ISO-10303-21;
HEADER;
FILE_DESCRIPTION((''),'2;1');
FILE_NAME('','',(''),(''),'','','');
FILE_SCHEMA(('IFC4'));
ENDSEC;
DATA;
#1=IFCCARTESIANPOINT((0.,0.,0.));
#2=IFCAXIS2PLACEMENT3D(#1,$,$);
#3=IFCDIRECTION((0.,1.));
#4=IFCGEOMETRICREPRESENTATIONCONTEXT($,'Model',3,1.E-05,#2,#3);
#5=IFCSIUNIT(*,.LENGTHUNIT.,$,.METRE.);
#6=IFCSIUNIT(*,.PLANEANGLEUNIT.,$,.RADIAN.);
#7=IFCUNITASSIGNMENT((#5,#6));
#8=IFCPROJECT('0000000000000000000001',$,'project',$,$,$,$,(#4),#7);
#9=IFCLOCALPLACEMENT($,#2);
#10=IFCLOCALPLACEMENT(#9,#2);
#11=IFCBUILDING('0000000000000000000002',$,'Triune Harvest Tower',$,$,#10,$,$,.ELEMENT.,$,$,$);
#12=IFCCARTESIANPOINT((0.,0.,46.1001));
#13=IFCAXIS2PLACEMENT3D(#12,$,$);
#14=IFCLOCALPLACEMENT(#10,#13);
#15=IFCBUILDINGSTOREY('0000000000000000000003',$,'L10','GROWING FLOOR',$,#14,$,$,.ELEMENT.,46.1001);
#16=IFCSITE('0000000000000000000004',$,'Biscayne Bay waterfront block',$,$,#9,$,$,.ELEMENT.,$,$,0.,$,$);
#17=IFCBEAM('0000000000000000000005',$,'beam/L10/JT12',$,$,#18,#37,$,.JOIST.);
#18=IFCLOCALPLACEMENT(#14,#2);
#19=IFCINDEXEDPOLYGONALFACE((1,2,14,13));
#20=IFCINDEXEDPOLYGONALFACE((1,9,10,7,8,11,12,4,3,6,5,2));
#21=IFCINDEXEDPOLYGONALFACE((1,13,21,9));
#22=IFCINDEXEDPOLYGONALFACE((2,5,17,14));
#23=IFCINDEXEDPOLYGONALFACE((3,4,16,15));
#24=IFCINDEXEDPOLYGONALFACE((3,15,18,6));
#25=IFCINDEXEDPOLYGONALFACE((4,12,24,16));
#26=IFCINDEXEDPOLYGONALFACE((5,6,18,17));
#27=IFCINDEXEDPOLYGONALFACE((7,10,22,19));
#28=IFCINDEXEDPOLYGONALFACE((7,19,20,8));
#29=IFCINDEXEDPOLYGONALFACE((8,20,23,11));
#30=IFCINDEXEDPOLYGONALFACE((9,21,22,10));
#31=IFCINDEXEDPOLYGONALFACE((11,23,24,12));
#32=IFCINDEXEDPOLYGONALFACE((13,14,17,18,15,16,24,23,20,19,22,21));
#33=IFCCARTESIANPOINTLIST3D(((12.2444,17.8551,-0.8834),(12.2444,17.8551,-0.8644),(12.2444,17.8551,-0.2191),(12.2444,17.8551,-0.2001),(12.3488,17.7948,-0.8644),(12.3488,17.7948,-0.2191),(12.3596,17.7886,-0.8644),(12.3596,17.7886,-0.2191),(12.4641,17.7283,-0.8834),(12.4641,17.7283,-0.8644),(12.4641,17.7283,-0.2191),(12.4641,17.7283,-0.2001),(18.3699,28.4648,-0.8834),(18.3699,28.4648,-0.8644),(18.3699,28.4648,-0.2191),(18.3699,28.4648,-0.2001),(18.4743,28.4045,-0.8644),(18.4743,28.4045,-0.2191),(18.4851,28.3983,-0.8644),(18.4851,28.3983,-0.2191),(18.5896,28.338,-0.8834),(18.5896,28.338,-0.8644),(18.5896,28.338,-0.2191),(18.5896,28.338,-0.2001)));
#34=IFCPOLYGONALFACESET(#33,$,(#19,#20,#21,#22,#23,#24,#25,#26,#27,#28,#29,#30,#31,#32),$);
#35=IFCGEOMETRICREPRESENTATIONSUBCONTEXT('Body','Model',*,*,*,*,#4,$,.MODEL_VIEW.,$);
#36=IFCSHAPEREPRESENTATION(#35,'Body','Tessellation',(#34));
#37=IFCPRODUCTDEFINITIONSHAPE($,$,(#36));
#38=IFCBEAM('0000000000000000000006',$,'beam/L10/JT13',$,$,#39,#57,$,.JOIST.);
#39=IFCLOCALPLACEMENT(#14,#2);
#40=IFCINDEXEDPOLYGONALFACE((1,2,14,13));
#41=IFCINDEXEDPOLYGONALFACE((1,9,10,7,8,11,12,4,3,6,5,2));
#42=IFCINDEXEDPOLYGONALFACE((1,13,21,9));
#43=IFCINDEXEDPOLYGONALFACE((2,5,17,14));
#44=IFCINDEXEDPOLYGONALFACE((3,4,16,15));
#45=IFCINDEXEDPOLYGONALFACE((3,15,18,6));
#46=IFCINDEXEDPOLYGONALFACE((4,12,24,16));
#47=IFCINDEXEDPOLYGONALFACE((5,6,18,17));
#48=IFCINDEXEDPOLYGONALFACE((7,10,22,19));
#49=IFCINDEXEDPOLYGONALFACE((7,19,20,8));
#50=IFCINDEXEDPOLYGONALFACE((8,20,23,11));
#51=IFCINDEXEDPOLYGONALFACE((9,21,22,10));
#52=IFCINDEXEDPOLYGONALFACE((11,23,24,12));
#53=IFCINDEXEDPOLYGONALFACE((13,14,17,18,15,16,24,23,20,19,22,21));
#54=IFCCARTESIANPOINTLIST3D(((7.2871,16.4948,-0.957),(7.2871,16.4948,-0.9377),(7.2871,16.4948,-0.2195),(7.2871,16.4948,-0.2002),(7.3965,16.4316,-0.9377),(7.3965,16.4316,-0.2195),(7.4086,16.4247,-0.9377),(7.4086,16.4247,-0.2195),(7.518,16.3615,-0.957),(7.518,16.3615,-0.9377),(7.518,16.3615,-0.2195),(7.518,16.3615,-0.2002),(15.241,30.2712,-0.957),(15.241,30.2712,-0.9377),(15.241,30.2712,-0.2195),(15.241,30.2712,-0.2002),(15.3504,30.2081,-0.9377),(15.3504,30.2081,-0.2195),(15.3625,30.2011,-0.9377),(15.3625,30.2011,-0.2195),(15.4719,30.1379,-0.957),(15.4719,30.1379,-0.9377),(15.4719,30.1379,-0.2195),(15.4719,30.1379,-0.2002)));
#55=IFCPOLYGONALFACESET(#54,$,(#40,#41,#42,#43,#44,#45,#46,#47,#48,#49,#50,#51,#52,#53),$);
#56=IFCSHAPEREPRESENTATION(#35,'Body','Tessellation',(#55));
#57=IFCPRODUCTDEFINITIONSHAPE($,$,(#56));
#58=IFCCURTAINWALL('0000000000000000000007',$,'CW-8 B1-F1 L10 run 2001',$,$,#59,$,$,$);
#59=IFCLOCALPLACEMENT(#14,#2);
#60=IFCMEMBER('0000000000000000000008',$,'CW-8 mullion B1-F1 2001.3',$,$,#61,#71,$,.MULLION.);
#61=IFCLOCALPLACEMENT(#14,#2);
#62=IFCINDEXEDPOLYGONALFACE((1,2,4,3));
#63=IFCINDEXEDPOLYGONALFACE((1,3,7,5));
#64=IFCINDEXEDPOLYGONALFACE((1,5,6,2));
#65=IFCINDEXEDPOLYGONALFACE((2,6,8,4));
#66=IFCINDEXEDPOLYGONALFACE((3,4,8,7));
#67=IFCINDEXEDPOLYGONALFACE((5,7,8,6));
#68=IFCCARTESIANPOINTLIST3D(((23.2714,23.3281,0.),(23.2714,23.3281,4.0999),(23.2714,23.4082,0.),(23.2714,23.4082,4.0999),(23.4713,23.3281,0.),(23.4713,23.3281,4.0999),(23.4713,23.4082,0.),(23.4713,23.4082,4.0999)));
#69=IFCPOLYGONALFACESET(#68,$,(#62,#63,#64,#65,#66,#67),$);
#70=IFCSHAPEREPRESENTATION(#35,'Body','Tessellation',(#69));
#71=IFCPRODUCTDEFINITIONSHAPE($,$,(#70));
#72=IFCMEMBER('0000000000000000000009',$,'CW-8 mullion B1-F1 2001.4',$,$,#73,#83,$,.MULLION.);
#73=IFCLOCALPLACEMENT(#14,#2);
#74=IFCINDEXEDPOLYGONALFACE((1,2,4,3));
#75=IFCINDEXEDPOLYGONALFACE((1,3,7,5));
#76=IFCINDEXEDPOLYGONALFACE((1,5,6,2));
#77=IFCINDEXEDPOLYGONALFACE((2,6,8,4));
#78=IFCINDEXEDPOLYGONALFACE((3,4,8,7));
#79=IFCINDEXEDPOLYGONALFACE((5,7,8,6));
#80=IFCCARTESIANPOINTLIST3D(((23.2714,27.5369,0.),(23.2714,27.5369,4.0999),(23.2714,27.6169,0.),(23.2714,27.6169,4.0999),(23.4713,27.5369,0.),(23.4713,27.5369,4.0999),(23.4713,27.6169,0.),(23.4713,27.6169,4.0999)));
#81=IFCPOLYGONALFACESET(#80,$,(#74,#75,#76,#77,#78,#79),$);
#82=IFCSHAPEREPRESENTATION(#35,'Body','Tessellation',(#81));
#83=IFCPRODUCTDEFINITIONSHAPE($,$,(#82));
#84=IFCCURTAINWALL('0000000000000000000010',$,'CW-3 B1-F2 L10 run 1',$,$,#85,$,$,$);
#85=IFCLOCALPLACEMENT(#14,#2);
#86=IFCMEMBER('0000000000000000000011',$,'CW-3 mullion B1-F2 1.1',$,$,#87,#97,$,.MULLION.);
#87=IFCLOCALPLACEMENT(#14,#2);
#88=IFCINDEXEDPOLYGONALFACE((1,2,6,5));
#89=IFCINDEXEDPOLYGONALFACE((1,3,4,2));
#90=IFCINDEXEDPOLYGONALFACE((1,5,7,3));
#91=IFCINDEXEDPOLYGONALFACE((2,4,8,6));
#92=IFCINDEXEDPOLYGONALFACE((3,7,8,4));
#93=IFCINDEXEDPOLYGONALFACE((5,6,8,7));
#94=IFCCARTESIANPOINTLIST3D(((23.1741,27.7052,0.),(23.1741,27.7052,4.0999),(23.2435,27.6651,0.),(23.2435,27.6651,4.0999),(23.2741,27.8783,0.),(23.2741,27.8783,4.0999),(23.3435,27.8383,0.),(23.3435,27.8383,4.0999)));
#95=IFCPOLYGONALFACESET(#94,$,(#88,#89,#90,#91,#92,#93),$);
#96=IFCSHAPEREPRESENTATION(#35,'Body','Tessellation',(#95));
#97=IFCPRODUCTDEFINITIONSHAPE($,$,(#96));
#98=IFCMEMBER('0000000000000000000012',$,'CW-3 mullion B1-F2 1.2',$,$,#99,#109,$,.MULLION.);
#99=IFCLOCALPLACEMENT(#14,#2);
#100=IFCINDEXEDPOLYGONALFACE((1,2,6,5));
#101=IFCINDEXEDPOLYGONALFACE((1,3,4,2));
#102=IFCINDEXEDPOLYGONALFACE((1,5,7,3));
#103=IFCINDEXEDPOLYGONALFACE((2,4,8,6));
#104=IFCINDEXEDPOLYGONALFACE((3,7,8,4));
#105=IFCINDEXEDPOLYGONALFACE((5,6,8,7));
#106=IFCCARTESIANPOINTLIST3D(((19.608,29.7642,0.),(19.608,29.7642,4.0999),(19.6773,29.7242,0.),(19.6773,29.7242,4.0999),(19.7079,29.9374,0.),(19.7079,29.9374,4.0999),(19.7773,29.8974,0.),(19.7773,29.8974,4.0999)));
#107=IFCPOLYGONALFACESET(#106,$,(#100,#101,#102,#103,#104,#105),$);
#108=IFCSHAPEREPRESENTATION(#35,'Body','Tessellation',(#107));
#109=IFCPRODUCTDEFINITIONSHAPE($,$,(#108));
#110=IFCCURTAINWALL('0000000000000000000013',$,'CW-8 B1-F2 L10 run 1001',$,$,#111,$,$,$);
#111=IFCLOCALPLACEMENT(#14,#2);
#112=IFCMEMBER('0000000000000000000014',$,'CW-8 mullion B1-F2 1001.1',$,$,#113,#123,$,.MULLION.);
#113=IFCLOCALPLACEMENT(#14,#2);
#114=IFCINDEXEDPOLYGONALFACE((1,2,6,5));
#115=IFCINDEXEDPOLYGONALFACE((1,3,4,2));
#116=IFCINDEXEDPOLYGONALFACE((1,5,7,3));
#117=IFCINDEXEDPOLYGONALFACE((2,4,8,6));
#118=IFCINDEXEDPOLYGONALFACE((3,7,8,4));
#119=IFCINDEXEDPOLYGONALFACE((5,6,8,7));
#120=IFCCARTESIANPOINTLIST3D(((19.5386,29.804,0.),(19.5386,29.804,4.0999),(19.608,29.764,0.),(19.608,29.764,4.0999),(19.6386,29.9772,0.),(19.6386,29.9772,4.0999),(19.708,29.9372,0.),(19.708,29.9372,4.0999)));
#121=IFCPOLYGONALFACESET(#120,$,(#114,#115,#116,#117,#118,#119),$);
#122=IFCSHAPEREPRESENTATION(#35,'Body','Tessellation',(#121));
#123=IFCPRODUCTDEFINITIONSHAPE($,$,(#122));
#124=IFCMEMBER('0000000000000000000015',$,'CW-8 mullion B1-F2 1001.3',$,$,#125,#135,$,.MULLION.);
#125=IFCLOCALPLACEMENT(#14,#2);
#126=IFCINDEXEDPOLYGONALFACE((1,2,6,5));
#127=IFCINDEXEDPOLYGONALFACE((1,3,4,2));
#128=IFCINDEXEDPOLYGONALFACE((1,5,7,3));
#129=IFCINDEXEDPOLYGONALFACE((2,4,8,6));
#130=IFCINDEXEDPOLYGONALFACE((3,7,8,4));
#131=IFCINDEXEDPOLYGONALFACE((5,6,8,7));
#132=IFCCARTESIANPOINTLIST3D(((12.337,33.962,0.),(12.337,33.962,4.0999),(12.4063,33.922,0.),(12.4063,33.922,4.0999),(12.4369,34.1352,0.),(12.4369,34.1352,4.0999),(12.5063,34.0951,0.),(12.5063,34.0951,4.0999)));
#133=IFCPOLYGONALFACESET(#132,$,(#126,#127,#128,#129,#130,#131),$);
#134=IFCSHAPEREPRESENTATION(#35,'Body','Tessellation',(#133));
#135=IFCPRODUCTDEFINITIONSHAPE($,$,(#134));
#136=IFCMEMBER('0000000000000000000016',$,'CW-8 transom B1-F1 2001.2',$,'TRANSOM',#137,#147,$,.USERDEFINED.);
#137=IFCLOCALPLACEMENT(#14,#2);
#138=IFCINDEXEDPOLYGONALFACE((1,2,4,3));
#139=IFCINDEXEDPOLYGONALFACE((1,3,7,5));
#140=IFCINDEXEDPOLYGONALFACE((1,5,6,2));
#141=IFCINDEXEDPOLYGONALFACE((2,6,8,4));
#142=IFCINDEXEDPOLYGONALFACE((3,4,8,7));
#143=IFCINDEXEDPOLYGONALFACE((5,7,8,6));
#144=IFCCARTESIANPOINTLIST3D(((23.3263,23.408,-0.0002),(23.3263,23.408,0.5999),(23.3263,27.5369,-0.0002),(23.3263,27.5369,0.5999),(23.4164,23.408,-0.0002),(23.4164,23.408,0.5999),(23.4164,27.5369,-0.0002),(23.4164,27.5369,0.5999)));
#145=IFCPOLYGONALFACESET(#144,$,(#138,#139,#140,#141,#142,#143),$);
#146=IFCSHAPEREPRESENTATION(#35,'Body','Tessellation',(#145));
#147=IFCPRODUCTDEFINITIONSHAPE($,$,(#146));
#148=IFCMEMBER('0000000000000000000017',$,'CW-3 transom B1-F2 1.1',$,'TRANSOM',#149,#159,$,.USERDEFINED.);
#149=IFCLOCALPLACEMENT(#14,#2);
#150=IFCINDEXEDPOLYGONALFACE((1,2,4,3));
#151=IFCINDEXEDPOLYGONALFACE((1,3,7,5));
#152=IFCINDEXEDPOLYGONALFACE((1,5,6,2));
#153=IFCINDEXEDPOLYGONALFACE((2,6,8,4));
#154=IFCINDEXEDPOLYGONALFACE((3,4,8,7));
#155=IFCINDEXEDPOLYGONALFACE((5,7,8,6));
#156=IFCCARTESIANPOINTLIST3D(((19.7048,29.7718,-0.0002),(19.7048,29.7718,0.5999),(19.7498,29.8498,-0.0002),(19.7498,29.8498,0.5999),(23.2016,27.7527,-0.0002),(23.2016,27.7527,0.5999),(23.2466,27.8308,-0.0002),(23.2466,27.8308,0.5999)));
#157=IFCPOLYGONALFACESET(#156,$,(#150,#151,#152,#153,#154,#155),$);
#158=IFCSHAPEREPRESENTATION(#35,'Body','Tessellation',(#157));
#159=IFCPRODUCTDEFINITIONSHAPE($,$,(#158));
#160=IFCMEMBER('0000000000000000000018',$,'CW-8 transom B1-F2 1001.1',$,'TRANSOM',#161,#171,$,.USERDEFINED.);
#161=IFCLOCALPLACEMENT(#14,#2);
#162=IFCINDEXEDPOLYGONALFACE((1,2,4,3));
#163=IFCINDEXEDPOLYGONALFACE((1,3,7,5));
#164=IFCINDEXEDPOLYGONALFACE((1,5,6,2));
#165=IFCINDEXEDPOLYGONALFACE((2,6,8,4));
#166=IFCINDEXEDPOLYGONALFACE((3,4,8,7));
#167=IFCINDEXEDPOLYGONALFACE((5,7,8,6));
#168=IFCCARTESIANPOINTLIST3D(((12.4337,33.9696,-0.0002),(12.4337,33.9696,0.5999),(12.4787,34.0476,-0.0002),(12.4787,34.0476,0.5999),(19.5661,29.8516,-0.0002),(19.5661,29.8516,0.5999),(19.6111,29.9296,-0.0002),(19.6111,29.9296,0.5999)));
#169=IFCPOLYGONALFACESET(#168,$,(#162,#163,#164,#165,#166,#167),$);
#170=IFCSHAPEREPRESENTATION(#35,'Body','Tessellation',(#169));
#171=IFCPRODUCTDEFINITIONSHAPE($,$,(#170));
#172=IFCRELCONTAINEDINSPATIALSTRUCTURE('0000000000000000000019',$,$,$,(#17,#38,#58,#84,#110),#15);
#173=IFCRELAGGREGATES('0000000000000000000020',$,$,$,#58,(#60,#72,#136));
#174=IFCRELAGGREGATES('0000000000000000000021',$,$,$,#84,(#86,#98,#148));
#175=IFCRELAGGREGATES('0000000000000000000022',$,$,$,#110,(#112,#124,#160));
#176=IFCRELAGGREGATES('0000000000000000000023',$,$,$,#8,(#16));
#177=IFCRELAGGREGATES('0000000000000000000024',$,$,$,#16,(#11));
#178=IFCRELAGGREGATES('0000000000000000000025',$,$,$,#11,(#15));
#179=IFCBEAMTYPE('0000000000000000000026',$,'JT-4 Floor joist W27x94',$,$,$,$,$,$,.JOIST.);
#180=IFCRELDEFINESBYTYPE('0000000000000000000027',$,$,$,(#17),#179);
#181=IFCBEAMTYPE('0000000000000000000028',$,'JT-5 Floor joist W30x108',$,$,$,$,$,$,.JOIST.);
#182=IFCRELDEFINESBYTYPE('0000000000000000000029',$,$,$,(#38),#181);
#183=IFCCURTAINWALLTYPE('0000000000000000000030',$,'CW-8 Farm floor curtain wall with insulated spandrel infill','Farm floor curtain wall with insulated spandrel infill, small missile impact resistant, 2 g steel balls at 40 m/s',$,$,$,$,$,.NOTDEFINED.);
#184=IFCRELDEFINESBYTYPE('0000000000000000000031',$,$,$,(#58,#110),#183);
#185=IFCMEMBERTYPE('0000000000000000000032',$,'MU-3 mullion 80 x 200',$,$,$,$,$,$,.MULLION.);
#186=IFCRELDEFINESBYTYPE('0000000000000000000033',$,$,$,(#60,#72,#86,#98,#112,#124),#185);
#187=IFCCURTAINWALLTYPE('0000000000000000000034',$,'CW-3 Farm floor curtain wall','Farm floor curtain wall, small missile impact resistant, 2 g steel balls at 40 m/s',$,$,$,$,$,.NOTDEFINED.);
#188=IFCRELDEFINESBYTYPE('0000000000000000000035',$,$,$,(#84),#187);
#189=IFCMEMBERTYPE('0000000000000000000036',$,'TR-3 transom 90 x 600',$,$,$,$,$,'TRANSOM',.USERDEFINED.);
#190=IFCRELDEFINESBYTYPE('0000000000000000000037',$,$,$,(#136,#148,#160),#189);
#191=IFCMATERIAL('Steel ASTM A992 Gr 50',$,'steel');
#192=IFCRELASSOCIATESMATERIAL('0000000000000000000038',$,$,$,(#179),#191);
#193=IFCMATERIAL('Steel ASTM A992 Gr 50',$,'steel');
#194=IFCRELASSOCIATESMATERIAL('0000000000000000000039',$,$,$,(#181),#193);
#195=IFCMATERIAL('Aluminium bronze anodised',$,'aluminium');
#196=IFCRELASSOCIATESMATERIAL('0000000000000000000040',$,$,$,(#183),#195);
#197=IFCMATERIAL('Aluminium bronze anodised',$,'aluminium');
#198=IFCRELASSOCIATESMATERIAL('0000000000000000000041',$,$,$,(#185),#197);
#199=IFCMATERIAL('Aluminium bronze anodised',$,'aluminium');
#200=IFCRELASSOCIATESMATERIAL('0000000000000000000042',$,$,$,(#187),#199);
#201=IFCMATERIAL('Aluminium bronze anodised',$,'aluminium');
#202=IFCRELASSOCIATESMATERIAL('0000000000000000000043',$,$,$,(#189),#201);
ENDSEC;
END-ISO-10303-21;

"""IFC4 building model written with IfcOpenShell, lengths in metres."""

from ifc_helpers import new_model, si_unit, direction, frame, origin, origin_2d, place, context, subcontext, project, spatial, rectangle, i_section, extrude, source, transform, mapped, material, material_profile, profile_set, type_object, element, aggregate, save


model = new_model("IFC4")

# Units and contexts
model_context = context("Model", 3, precision=1e-05, world=origin(), true_north=direction((0.0, 1.0)))
body_context = subcontext(model_context, "Body", "Model", "MODEL_VIEW")
ifc_project = project(units=[si_unit("LENGTHUNIT", "METRE"), si_unit("PLANEANGLEUNIT", "RADIAN")], contexts=[model_context])

# Site, building, storey
site_placement = place(None, origin())
site = spatial("IfcSite", under=ifc_project, at=site_placement, Name="Biscayne Bay waterfront block", CompositionType="ELEMENT", RefElevation=0.0)
building_placement = place(site_placement, origin())
building = spatial("IfcBuilding", under=site, at=building_placement, Name="Triune Harvest Tower", CompositionType="ELEMENT")
storey_placement = place(building_placement, frame((0.0, 0.0, 46.1001)))
storey = spatial("IfcBuildingStorey", under=building, at=storey_placement, Name="L10", Description="GROWING FLOOR", CompositionType="ELEMENT", Elevation=46.1001)

# Beams
ifc_material_1 = material(Name="Steel ASTM A992 Gr 50", Category="steel")
ifc_material_profile_1 = material_profile(ifc_material_1, i_section(OverallWidth=0.2537, OverallDepth=0.6833, WebThickness=0.0125, FlangeThickness=0.019, at=origin_2d()), Name="W27x94")
ifc_profile_set_1 = profile_set([ifc_material_profile_1], Name="Steel ASTM A992 Gr 50")
beam_type_1 = type_object("IfcBeamType", Name="JT-4 Floor joist W27x94", PredefinedType="JOIST", material=ifc_profile_set_1)
shared_shape_1 = source(origin(), body_context, "Body", "SweptSolid", [
    extrude(i_section(OverallWidth=0.2537, OverallDepth=0.6833, WebThickness=0.0125, FlangeThickness=0.019, at=origin_2d()), origin(), (0.0, 0.0, 1.0), 12.251),
])
beam_1_placement = place(storey_placement, frame((18.4797, 28.4014, -0.5417), z_axis=(-0.500001, -0.866025, 0.0), x_axis=(0.866025, -0.500001, 0.0)))
element("IfcBeam", 1, at=beam_1_placement, inside=storey, type_object=beam_type_1, Name="beam/L10/JT12", PredefinedType="JOIST", context=body_context, shape_type="MappedRepresentation", body=[
    mapped(shared_shape_1, transform((0.0, 0.0, 0.0), scale=1.0)),
])
ifc_material_2 = material(Name="Steel ASTM A992 Gr 50", Category="steel")
ifc_material_profile_2 = material_profile(ifc_material_2, i_section(OverallWidth=0.2666, OverallDepth=0.7568, WebThickness=0.0139, FlangeThickness=0.0193, at=origin_2d()), Name="W30x108")
ifc_profile_set_2 = profile_set([ifc_material_profile_2], Name="Steel ASTM A992 Gr 50")
beam_type_2 = type_object("IfcBeamType", Name="JT-5 Floor joist W30x108", PredefinedType="JOIST", material=ifc_profile_set_2)
shared_shape_2 = source(origin(), body_context, "Body", "SweptSolid", [
    extrude(i_section(OverallWidth=0.2666, OverallDepth=0.7568, WebThickness=0.0139, FlangeThickness=0.0193, at=origin_2d()), origin(), (0.0, 0.0, 1.0), 15.9077),
])
beam_2_placement = place(storey_placement, frame((15.3564, 30.2046, -0.5786), z_axis=(-0.500003, -0.866024, 0.0), x_axis=(0.866024, -0.500003, 0.0)))
element("IfcBeam", 2, at=beam_2_placement, inside=storey, type_object=beam_type_2, Name="beam/L10/JT13", PredefinedType="JOIST", context=body_context, shape_type="MappedRepresentation", body=[
    mapped(shared_shape_2, transform((0.0, 0.0, 0.0), scale=1.0)),
])

# Curtain walls, members
ifc_material_3 = material(Name="Aluminium bronze anodised", Category="aluminium")
curtain_wall_type_1 = type_object("IfcCurtainWallType", Name="CW-8 Farm floor curtain wall with insulated spandrel infill", Description="Farm floor curtain wall with insulated spandrel infill, small missile impact resistant, 2 g steel balls at 40 m/s", PredefinedType="NOTDEFINED", material=ifc_material_3)
curtain_wall_1_placement = place(storey_placement, origin())
curtain_wall_1 = element("IfcCurtainWall", 3, at=curtain_wall_1_placement, inside=storey, type_object=curtain_wall_type_1, Name="CW-8 B1-F1 L10 run 2001")
ifc_material_4 = material(Name="Aluminium bronze anodised", Category="aluminium")
ifc_material_profile_3 = material_profile(ifc_material_4, rectangle(XDim=0.2, YDim=0.0801, at=origin_2d()), Name="MU-3 mullion 80 x 200")
ifc_profile_set_3 = profile_set([ifc_material_profile_3], Name="Aluminium bronze anodised")
member_type_1 = type_object("IfcMemberType", Name="MU-3 mullion 80 x 200", PredefinedType="MULLION", material=ifc_profile_set_3)
shared_shape_3 = source(origin(), body_context, "Body", "SweptSolid", [
    extrude(rectangle(XDim=0.2, YDim=0.0801, at=origin_2d()), origin(), (0.0, 0.0, 1.0), 4.0999),
])
member_1_placement = place(storey_placement, frame((23.3713, 23.3682, 0.0), z_axis=(0.0, 0.0, 1.0), x_axis=(-1.0, 0.0, 0.0)))
member_1 = element("IfcMember", 4, at=member_1_placement, type_object=member_type_1, Name="CW-8 mullion B1-F1 2001.3", PredefinedType="MULLION", context=body_context, shape_type="MappedRepresentation", body=[
    mapped(shared_shape_3, transform((0.0, 0.0, 0.0), scale=1.0)),
])
member_2_placement = place(storey_placement, frame((23.3713, 27.5769, 0.0), z_axis=(0.0, 0.0, 1.0), x_axis=(-1.0, 0.0, 0.0)))
member_2 = element("IfcMember", 5, at=member_2_placement, type_object=member_type_1, Name="CW-8 mullion B1-F1 2001.4", PredefinedType="MULLION", context=body_context, shape_type="MappedRepresentation", body=[
    mapped(shared_shape_3, transform((0.0, 0.0, 0.0), scale=1.0)),
])
ifc_material_5 = material(Name="Aluminium bronze anodised", Category="aluminium")
curtain_wall_type_2 = type_object("IfcCurtainWallType", Name="CW-3 Farm floor curtain wall", Description="Farm floor curtain wall, small missile impact resistant, 2 g steel balls at 40 m/s", PredefinedType="NOTDEFINED", material=ifc_material_5)
curtain_wall_2_placement = place(storey_placement, origin())
curtain_wall_2 = element("IfcCurtainWall", 6, at=curtain_wall_2_placement, inside=storey, type_object=curtain_wall_type_2, Name="CW-3 B1-F2 L10 run 1")
member_3_placement = place(storey_placement, frame((23.2588, 27.7717, 0.0), z_axis=(0.0, 0.0, 1.0), x_axis=(-0.499994, -0.866029, 0.0)))
member_3 = element("IfcMember", 7, at=member_3_placement, type_object=member_type_1, Name="CW-3 mullion B1-F2 1.1", PredefinedType="MULLION", context=body_context, shape_type="MappedRepresentation", body=[
    mapped(shared_shape_3, transform((0.0, 0.0, 0.0), scale=1.0)),
])
member_4_placement = place(storey_placement, frame((19.6926, 29.8308, 0.0), z_axis=(0.0, 0.0, 1.0), x_axis=(-0.499994, -0.866029, 0.0)))
member_4 = element("IfcMember", 8, at=member_4_placement, type_object=member_type_1, Name="CW-3 mullion B1-F2 1.2", PredefinedType="MULLION", context=body_context, shape_type="MappedRepresentation", body=[
    mapped(shared_shape_3, transform((0.0, 0.0, 0.0), scale=1.0)),
])
curtain_wall_3_placement = place(storey_placement, origin())
curtain_wall_3 = element("IfcCurtainWall", 9, at=curtain_wall_3_placement, inside=storey, type_object=curtain_wall_type_1, Name="CW-8 B1-F2 L10 run 1001")
member_5_placement = place(storey_placement, frame((19.6233, 29.8706, 0.0), z_axis=(0.0, 0.0, 1.0), x_axis=(-0.500001, -0.866025, 0.0)))
member_5 = element("IfcMember", 10, at=member_5_placement, type_object=member_type_1, Name="CW-8 mullion B1-F2 1001.1", PredefinedType="MULLION", context=body_context, shape_type="MappedRepresentation", body=[
    mapped(shared_shape_3, transform((0.0, 0.0, 0.0), scale=1.0)),
])
member_6_placement = place(storey_placement, frame((12.4216, 34.0286, 0.0), z_axis=(0.0, 0.0, 1.0), x_axis=(-0.500001, -0.866025, 0.0)))
member_6 = element("IfcMember", 11, at=member_6_placement, type_object=member_type_1, Name="CW-8 mullion B1-F2 1001.3", PredefinedType="MULLION", context=body_context, shape_type="MappedRepresentation", body=[
    mapped(shared_shape_3, transform((0.0, 0.0, 0.0), scale=1.0)),
])

# Members
ifc_material_6 = material(Name="Aluminium bronze anodised", Category="aluminium")
ifc_material_profile_4 = material_profile(ifc_material_6, rectangle(XDim=0.0901, YDim=0.6001, at=origin_2d()), Name="TR-3 transom 90 x 600")
ifc_profile_set_4 = profile_set([ifc_material_profile_4], Name="Aluminium bronze anodised")
member_type_2 = type_object("IfcMemberType", Name="TR-3 transom 90 x 600", ElementType="TRANSOM", PredefinedType="USERDEFINED", material=ifc_profile_set_4)
shared_shape_4 = source(origin(), body_context, "Body", "SweptSolid", [
    extrude(rectangle(XDim=0.0901, YDim=0.6001, at=origin_2d()), origin(), (0.0, 0.0, 1.0), 4.1289),
])
member_7_placement = place(storey_placement, frame((23.3713, 23.408, 0.2998), z_axis=(0.0, 1.0, 0.0), x_axis=(-1.0, 0.0, 0.0)))
member_7 = element("IfcMember", 12, at=member_7_placement, type_object=member_type_2, Name="CW-8 transom B1-F1 2001.2", ObjectType="TRANSOM", PredefinedType="USERDEFINED", context=body_context, shape_type="MappedRepresentation", body=[
    mapped(shared_shape_4, transform((0.0, 0.0, 0.0), scale=1.0)),
])
shared_shape_5 = source(origin(), body_context, "Body", "SweptSolid", [
    extrude(rectangle(XDim=0.0901, YDim=0.6001, at=origin_2d()), origin(), (0.0, 0.0, 1.0), 4.0378),
])
member_8_placement = place(storey_placement, frame((23.2241, 27.7917, 0.2998), z_axis=(-0.866009, 0.500028, 0.0), x_axis=(-0.500028, -0.866009, 0.0)))
member_8 = element("IfcMember", 13, at=member_8_placement, type_object=member_type_2, Name="CW-3 transom B1-F2 1.1", ObjectType="TRANSOM", PredefinedType="USERDEFINED", context=body_context, shape_type="MappedRepresentation", body=[
    mapped(shared_shape_5, transform((0.0, 0.0, 0.0), scale=1.0)),
])
shared_shape_6 = source(origin(), body_context, "Body", "SweptSolid", [
    extrude(rectangle(XDim=0.0901, YDim=0.6001, at=origin_2d()), origin(), (0.0, 0.0, 1.0), 8.2358),
])
member_9_placement = place(storey_placement, frame((19.5886, 29.8906, 0.2998), z_axis=(-0.866022, 0.500006, 0.0), x_axis=(-0.500006, -0.866022, 0.0)))
member_9 = element("IfcMember", 14, at=member_9_placement, type_object=member_type_2, Name="CW-8 transom B1-F2 1001.1", ObjectType="TRANSOM", PredefinedType="USERDEFINED", context=body_context, shape_type="MappedRepresentation", body=[
    mapped(shared_shape_6, transform((0.0, 0.0, 0.0), scale=1.0)),
])

aggregate(curtain_wall_1, [member_1, member_2, member_7])
aggregate(curtain_wall_2, [member_3, member_4, member_8])
aggregate(curtain_wall_3, [member_5, member_6, member_9])

save(model, "model.ifc")
